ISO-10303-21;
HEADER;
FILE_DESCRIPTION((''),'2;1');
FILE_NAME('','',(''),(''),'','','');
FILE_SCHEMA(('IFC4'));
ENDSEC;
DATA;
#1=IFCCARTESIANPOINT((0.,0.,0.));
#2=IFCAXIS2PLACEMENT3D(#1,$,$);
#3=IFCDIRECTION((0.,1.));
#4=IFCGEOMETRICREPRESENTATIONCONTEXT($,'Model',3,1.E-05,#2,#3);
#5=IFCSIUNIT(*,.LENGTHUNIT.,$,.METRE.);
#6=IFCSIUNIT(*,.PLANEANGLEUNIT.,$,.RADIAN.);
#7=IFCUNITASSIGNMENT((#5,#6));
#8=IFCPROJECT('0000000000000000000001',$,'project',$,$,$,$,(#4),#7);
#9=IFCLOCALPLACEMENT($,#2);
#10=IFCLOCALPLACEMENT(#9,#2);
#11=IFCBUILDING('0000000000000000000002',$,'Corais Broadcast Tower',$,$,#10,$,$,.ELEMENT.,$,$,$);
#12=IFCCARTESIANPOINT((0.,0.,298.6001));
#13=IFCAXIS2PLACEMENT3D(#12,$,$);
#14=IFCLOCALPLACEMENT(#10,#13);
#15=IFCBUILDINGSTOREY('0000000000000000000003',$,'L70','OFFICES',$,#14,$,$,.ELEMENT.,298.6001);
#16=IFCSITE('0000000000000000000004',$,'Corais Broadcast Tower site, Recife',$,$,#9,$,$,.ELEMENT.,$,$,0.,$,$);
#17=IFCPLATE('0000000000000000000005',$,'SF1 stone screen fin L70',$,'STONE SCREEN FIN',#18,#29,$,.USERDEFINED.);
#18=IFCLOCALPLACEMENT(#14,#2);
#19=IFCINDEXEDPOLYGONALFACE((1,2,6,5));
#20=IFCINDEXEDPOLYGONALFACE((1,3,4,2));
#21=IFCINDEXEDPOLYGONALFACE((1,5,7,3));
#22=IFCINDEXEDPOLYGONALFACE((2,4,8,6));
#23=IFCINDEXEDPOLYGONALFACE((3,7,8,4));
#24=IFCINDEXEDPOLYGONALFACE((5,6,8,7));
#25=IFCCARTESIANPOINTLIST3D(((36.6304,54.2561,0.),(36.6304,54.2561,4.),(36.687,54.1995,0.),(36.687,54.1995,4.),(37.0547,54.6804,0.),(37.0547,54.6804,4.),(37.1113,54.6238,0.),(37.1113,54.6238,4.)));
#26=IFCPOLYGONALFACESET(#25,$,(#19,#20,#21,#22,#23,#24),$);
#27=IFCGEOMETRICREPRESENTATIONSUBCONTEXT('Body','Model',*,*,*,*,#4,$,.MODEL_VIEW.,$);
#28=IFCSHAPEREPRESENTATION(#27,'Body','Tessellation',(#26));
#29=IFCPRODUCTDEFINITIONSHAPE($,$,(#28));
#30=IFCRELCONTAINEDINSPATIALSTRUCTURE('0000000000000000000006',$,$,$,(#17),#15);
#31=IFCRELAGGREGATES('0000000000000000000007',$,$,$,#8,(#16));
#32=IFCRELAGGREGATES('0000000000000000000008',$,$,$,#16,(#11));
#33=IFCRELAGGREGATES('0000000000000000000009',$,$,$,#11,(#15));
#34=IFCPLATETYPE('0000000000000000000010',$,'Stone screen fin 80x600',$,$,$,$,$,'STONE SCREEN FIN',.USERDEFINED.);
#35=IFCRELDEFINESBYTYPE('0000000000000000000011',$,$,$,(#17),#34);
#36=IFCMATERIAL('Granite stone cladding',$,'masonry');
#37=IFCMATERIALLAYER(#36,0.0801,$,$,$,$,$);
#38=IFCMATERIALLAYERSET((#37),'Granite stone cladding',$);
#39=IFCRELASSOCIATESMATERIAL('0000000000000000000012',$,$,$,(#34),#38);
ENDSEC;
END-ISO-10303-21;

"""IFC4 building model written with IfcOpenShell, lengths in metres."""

from ifc_helpers import new_model, si_unit, direction, frame, origin, origin_2d, place, context, subcontext, project, spatial, rectangle, extrude, material, layer, layer_set, type_object, element, save


model = new_model("IFC4")

# Units and contexts
model_context = context("Model", 3, precision=1e-05, world=origin(), true_north=direction((0.0, 1.0)))
body_context = subcontext(model_context, "Body", "Model", "MODEL_VIEW")
ifc_project = project(units=[si_unit("LENGTHUNIT", "METRE"), si_unit("PLANEANGLEUNIT", "RADIAN")], contexts=[model_context])

# Site, building, storey
site_placement = place(None, origin())
site = spatial("IfcSite", under=ifc_project, at=site_placement, Name="Corais Broadcast Tower site, Recife", CompositionType="ELEMENT", RefElevation=0.0)
building_placement = place(site_placement, origin())
building = spatial("IfcBuilding", under=site, at=building_placement, Name="Corais Broadcast Tower", CompositionType="ELEMENT")
storey_placement = place(building_placement, frame((0.0, 0.0, 298.6001)))
storey = spatial("IfcBuildingStorey", under=building, at=storey_placement, Name="L70", Description="OFFICES", CompositionType="ELEMENT", Elevation=298.6001)

# Plate
ifc_material_1 = material(Name="Granite stone cladding", Category="masonry")
ifc_layer_1 = layer(ifc_material_1, 0.0801)
ifc_layer_set_1 = layer_set([ifc_layer_1], Name="Granite stone cladding")
plate_type_1 = type_object("IfcPlateType", Name="Stone screen fin 80x600", ElementType="STONE SCREEN FIN", PredefinedType="USERDEFINED", material=ifc_layer_set_1)
plate_1_placement = place(storey_placement, frame((36.8708, 54.4399, 0.0), z_axis=(0.0, 0.0, 1.0), x_axis=(0.707107, -0.707107, 0.0)))
element("IfcPlate", 1, at=plate_1_placement, inside=storey, type_object=plate_type_1, Name="SF1 stone screen fin L70", ObjectType="STONE SCREEN FIN", PredefinedType="USERDEFINED", context=body_context, shape_type="SweptSolid", body=[
    extrude(rectangle(XDim=0.0801, YDim=0.6001, at=origin_2d()), origin(), (0.0, 0.0, 1.0), 4.0),
])

save(model, "model.ifc")
